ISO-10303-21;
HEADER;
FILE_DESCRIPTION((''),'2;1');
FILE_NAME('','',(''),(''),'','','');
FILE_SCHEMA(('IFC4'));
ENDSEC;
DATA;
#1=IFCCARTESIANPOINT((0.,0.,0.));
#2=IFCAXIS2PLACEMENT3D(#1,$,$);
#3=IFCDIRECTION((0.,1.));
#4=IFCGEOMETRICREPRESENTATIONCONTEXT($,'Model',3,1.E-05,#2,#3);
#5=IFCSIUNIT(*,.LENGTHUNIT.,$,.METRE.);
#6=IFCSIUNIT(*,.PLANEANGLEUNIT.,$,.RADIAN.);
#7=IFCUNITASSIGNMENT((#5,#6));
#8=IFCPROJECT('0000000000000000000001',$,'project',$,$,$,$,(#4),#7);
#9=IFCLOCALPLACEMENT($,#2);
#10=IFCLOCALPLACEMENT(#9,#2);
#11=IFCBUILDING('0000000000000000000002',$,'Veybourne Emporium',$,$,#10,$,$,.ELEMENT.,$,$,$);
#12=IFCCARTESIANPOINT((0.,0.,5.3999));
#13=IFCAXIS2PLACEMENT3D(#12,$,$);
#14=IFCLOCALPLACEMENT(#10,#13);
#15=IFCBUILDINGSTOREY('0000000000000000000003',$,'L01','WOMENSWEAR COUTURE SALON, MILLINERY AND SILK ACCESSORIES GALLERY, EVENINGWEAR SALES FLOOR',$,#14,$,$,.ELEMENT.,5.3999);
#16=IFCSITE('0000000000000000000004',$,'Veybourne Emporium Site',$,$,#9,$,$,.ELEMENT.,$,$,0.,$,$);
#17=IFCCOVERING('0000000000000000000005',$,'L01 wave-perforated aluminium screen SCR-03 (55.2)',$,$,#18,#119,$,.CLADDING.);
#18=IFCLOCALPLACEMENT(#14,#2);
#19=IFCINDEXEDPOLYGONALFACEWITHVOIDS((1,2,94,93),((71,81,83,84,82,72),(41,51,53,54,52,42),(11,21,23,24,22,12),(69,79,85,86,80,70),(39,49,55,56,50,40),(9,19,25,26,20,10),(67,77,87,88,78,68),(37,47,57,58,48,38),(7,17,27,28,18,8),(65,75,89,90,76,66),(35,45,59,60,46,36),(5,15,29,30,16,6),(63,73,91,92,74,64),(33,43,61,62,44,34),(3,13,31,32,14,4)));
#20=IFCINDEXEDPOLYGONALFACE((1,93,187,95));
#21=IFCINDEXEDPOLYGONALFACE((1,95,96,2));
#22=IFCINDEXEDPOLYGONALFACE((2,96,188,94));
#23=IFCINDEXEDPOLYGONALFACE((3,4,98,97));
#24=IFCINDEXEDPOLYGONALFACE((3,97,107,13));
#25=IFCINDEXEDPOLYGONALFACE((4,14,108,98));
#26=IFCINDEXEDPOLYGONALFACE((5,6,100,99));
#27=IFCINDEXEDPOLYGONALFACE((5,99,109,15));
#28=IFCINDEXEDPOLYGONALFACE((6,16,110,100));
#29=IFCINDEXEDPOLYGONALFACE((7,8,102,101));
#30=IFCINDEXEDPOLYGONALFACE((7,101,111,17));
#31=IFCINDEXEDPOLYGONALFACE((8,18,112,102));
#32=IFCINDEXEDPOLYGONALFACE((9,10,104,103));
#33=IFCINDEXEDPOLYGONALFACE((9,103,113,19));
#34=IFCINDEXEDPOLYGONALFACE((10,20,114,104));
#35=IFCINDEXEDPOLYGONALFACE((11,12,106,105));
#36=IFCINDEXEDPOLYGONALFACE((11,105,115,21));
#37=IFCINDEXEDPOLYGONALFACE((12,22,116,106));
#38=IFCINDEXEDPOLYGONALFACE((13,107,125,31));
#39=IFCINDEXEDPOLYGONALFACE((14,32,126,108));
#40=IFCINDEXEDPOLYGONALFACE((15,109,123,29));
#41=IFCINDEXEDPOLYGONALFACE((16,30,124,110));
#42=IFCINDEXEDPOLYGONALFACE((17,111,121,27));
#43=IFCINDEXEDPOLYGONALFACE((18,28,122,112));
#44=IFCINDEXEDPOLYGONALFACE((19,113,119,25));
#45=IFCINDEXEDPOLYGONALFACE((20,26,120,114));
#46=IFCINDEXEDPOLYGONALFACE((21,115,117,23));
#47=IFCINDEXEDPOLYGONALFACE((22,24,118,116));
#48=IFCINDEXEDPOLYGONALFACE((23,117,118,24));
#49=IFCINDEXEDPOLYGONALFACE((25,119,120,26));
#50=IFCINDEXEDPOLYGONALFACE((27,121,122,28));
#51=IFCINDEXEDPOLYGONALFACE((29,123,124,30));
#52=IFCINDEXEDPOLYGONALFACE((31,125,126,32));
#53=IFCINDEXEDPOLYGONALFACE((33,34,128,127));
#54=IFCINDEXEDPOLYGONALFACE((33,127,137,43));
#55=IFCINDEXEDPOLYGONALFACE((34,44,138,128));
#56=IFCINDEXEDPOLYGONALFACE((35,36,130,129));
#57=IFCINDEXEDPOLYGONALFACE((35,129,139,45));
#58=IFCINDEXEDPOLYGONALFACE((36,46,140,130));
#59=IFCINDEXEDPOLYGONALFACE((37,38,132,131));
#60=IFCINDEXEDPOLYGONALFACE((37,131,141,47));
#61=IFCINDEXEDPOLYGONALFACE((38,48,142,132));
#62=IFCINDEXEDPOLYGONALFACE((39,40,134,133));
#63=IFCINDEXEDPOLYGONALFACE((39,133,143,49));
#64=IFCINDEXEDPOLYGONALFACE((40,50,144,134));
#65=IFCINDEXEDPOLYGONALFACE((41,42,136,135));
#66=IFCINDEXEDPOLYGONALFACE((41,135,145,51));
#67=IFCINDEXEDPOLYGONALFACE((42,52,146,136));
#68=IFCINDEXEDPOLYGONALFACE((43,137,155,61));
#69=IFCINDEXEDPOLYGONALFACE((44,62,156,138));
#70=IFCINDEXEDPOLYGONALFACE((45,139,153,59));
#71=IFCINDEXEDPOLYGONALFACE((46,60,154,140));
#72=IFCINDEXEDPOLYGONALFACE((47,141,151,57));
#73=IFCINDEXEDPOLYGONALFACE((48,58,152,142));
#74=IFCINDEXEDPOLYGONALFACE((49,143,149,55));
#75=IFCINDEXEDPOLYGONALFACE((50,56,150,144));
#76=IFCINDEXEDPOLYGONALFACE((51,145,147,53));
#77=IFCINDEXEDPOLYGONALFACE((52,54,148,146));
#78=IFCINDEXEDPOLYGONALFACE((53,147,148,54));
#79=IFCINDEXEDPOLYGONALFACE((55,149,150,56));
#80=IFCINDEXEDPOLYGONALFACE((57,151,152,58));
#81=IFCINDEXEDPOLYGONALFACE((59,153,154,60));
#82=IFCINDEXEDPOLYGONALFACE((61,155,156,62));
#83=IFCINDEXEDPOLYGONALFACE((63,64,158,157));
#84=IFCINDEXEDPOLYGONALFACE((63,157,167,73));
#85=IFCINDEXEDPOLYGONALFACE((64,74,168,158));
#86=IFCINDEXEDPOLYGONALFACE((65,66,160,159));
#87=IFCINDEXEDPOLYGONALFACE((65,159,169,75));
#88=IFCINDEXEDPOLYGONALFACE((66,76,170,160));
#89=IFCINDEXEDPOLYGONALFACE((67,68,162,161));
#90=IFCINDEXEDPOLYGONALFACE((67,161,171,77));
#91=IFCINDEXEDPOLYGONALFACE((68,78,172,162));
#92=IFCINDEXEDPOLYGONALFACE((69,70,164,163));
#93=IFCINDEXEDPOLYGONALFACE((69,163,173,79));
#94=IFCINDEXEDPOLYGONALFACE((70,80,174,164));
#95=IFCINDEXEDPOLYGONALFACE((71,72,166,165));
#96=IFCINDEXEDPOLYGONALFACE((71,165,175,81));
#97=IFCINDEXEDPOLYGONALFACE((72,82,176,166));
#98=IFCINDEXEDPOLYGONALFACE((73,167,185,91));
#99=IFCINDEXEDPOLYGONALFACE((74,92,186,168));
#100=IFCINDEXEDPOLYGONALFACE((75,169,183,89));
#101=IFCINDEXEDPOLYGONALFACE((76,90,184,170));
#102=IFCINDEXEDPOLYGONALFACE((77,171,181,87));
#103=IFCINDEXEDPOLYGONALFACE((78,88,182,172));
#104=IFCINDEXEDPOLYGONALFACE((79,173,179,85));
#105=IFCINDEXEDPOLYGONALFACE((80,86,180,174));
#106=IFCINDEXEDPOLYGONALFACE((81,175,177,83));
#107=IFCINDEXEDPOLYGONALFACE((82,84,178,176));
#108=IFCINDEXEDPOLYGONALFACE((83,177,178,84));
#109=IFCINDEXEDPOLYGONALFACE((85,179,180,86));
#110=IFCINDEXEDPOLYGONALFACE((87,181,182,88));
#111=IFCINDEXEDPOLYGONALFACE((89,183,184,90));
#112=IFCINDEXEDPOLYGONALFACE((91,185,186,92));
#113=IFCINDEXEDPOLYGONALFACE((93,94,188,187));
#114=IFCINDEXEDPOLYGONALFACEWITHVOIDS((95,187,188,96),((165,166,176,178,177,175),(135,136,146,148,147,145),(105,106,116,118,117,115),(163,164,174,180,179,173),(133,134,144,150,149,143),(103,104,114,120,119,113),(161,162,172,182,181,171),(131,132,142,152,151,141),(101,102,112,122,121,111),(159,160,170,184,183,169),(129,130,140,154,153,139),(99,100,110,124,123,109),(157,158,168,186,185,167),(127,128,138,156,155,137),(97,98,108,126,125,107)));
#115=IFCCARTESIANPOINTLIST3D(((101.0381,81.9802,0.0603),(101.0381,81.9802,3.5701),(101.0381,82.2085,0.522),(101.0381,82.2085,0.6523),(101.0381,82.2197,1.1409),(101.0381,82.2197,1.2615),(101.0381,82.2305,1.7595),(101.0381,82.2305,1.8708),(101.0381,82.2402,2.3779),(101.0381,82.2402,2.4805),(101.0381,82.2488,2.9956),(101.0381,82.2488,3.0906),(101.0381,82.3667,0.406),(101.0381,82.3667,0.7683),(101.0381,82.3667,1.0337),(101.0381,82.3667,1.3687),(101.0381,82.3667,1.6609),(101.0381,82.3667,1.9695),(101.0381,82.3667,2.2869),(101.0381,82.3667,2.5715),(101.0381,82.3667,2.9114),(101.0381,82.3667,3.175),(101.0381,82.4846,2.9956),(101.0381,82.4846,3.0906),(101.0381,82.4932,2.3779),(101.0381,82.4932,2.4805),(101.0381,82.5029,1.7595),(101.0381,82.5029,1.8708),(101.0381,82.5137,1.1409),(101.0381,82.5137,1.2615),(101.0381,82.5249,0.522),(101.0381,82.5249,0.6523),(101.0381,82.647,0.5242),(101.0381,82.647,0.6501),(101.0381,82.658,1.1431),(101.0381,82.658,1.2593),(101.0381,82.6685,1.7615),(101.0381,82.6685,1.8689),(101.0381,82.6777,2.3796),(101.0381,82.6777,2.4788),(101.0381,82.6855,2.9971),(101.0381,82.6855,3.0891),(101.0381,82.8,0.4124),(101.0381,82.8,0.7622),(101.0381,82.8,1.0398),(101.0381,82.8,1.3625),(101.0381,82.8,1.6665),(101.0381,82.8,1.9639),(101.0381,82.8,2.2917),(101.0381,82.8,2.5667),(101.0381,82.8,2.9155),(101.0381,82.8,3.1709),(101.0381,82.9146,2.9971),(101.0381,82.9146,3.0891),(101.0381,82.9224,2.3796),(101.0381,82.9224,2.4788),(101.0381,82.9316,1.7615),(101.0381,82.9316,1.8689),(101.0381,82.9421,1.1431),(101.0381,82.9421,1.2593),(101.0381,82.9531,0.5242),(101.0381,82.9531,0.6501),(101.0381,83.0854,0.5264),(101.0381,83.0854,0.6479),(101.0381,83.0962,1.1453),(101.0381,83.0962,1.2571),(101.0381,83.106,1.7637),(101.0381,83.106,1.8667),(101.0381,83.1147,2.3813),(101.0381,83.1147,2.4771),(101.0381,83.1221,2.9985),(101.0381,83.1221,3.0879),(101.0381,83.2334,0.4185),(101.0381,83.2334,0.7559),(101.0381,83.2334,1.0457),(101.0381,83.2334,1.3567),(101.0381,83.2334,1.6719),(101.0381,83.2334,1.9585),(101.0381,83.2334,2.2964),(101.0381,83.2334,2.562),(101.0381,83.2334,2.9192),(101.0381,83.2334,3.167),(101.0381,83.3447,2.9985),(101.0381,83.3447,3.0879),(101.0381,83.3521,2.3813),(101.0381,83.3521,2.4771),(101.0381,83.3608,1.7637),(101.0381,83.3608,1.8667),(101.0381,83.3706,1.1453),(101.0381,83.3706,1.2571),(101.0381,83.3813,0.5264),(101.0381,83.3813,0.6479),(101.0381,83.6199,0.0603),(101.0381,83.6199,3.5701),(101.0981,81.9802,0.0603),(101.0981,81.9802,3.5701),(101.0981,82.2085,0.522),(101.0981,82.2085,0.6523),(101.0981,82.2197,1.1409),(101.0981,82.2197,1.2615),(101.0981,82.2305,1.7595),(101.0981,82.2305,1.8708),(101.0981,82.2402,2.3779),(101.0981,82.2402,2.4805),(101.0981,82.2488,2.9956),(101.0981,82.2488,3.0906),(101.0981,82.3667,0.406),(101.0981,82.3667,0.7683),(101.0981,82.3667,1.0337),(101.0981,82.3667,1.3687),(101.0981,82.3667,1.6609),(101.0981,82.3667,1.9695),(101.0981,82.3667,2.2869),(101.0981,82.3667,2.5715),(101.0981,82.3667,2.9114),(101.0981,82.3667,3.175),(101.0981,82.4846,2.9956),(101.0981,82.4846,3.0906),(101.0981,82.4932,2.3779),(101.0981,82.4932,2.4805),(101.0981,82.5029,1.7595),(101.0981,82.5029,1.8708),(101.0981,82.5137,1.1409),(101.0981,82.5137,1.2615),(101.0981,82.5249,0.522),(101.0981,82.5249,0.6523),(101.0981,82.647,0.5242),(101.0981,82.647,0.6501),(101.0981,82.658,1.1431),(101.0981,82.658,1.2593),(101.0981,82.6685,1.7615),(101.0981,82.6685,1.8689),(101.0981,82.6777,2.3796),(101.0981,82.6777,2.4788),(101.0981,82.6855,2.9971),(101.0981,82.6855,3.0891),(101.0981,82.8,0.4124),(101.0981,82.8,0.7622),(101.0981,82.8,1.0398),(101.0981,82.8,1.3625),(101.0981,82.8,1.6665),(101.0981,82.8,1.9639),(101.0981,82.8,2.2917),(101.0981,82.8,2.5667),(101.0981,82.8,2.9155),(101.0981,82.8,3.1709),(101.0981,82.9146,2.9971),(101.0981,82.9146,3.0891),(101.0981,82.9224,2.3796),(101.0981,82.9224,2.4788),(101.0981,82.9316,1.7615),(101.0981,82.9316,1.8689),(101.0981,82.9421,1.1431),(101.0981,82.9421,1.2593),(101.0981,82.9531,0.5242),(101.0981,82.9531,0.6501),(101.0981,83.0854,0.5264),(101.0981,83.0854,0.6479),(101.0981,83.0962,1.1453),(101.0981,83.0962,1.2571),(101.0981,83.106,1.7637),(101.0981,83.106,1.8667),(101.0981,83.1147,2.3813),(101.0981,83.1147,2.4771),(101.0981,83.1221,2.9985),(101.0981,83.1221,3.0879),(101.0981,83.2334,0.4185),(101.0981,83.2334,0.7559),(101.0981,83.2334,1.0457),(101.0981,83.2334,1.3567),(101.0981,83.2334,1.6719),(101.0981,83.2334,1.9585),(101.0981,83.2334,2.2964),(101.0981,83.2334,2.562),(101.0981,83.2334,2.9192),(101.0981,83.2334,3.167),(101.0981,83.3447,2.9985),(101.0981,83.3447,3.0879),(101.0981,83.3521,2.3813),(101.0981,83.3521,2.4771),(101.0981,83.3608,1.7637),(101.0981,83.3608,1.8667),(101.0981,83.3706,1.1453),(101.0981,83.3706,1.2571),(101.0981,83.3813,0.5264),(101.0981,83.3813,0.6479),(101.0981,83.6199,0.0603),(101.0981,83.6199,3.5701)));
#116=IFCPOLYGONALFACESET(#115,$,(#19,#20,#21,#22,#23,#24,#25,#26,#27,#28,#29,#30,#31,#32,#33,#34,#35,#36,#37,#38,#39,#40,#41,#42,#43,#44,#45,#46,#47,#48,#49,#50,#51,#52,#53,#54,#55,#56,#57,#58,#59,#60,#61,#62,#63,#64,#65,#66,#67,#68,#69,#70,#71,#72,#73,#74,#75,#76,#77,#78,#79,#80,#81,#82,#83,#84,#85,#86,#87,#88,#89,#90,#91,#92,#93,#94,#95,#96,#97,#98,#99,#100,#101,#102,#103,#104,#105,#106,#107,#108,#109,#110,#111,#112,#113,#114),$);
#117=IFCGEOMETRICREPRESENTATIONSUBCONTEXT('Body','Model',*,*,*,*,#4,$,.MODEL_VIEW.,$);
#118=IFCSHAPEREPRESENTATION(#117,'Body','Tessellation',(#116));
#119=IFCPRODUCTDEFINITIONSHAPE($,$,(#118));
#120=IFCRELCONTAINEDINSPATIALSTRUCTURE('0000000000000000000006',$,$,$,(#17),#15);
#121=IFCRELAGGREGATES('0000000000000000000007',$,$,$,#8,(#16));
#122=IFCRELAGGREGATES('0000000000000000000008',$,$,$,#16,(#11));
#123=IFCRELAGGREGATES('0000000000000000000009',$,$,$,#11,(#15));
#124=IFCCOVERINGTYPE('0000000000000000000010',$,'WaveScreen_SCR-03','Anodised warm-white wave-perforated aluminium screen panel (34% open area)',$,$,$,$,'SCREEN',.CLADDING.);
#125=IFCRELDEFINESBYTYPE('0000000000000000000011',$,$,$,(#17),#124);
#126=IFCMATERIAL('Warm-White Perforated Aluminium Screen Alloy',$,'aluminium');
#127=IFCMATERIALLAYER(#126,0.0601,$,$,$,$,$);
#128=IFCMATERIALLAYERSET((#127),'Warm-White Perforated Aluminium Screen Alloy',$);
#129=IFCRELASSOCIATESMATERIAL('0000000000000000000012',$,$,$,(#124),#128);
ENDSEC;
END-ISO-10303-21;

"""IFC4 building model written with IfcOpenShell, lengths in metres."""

from ifc_helpers import new_model, si_unit, direction, frame, origin, place, context, subcontext, project, spatial, polyline, outline, extrude, material, layer, layer_set, type_object, element, save


model = new_model("IFC4")

# Units and contexts
model_context = context("Model", 3, precision=1e-05, world=origin(), true_north=direction((0.0, 1.0)))
body_context = subcontext(model_context, "Body", "Model", "MODEL_VIEW")
ifc_project = project(units=[si_unit("LENGTHUNIT", "METRE"), si_unit("PLANEANGLEUNIT", "RADIAN")], contexts=[model_context])

# Site, building, storey
site_placement = place(None, origin())
site = spatial("IfcSite", under=ifc_project, at=site_placement, Name="Veybourne Emporium Site", CompositionType="ELEMENT", RefElevation=0.0)
building_placement = place(site_placement, origin())
building = spatial("IfcBuilding", under=site, at=building_placement, Name="Veybourne Emporium", CompositionType="ELEMENT")
storey_placement = place(building_placement, frame((0.0, 0.0, 5.3999)))
storey = spatial("IfcBuildingStorey", under=building, at=storey_placement, Name="L01", Description="WOMENSWEAR COUTURE SALON, MILLINERY AND SILK ACCESSORIES GALLERY, EVENINGWEAR SALES FLOOR", CompositionType="ELEMENT", Elevation=5.3999)

# Covering
ifc_material_1 = material(Name="Warm-White Perforated Aluminium Screen Alloy", Category="aluminium")
ifc_layer_1 = layer(ifc_material_1, 0.0601)
ifc_layer_set_1 = layer_set([ifc_layer_1], Name="Warm-White Perforated Aluminium Screen Alloy")
covering_type_1 = type_object("IfcCoveringType", Name="WaveScreen_SCR-03", Description="Anodised warm-white wave-perforated aluminium screen panel (34% open area)", ElementType="SCREEN", PredefinedType="CLADDING", material=ifc_layer_set_1)
covering_1_placement = place(storey_placement, frame((101.0981, 82.8, 1.8152), z_axis=(-1.0, 0.0, 0.0), x_axis=(0.0, -1.0, 0.0)))
element("IfcCovering", 1, at=covering_1_placement, inside=storey, type_object=covering_type_1, Name="L01 wave-perforated aluminium screen SCR-03 (55.2)", PredefinedType="CLADDING", context=body_context, shape_type="SweptSolid", body=[
    extrude(outline(polyline([(-0.8198, -1.7549), (0.8198, -1.7549), (0.8198, 1.7549), (-0.8198, 1.7549), (-0.8198, -1.7549)]), holes=[polyline([(-0.4333, -1.0593), (-0.2854, -1.1672), (-0.2854, -1.2888), (-0.4333, -1.3967), (-0.5813, -1.2888), (-0.5813, -1.1672), (-0.4333, -1.0593)]), polyline([(-0.4333, -0.4585), (-0.2961, -0.5581), (-0.2961, -0.6699), (-0.4333, -0.7695), (-0.5706, -0.6699), (-0.5706, -0.5581), (-0.4333, -0.4585)]), polyline([(-0.4333, 0.1433), (-0.3059, 0.0515), (-0.3059, -0.0515), (-0.4333, -0.1433), (-0.5608, -0.0515), (-0.5608, 0.0515), (-0.4333, 0.1433)]), polyline([(-0.4333, 0.7468), (-0.3147, 0.6619), (-0.3147, 0.5662), (-0.4333, 0.4812), (-0.552, 0.5662), (-0.552, 0.6619), (-0.4333, 0.7468)]), polyline([(-0.4333, 1.3518), (-0.322, 1.2727), (-0.322, 1.1833), (-0.4333, 1.104), (-0.5447, 1.1833), (-0.5447, 1.2727), (-0.4333, 1.3518)]), polyline([(0.0, -1.053), (0.1531, -1.165), (0.1531, -1.291), (0.0, -1.4028), (-0.1531, -1.291), (-0.1531, -1.165), (0.0, -1.053)]), polyline([(0.0, -0.4526), (0.1421, -0.5559), (0.1421, -0.6721), (0.0, -0.7754), (-0.1421, -0.6721), (-0.1421, -0.5559), (0.0, -0.4526)]), polyline([(0.0, 0.1487), (0.1316, 0.0537), (0.1316, -0.0537), (0.0, -0.1487), (-0.1316, -0.0537), (-0.1316, 0.0537), (0.0, 0.1487)]), polyline([(0.0, 0.7515), (0.1223, 0.6636), (0.1223, 0.5645), (0.0, 0.4766), (-0.1223, 0.5645), (-0.1223, 0.6636), (0.0, 0.7515)]), polyline([(0.0, 1.3557), (0.1145, 1.2739), (0.1145, 1.1819), (0.0, 1.1003), (-0.1145, 1.1819), (-0.1145, 1.2739), (0.0, 1.3557)]), polyline([(0.4333, -1.0469), (0.5916, -1.1628), (0.5916, -1.2932), (0.4333, -1.4092), (0.2751, -1.2932), (0.2751, -1.1628), (0.4333, -1.0469)]), polyline([(0.4333, -0.4465), (0.5803, -0.5537), (0.5803, -0.6743), (0.4333, -0.7815), (0.2864, -0.6743), (0.2864, -0.5537), (0.4333, -0.4465)]), polyline([(0.4333, 0.1543), (0.5696, 0.0557), (0.5696, -0.0557), (0.4333, -0.1543), (0.2971, -0.0557), (0.2971, 0.0557), (0.4333, 0.1543)]), polyline([(0.4333, 0.7563), (0.5598, 0.6653), (0.5598, 0.5627), (0.4333, 0.4717), (0.3069, 0.5627), (0.3069, 0.6653), (0.4333, 0.7563)]), polyline([(0.4333, 1.3599), (0.5513, 1.2754), (0.5513, 1.1804), (0.4333, 1.0962), (0.3154, 1.1804), (0.3154, 1.2754), (0.4333, 1.3599)])]), origin(), (0.0, 0.0, 1.0), 0.0601),
])

save(model, "model.ifc")
